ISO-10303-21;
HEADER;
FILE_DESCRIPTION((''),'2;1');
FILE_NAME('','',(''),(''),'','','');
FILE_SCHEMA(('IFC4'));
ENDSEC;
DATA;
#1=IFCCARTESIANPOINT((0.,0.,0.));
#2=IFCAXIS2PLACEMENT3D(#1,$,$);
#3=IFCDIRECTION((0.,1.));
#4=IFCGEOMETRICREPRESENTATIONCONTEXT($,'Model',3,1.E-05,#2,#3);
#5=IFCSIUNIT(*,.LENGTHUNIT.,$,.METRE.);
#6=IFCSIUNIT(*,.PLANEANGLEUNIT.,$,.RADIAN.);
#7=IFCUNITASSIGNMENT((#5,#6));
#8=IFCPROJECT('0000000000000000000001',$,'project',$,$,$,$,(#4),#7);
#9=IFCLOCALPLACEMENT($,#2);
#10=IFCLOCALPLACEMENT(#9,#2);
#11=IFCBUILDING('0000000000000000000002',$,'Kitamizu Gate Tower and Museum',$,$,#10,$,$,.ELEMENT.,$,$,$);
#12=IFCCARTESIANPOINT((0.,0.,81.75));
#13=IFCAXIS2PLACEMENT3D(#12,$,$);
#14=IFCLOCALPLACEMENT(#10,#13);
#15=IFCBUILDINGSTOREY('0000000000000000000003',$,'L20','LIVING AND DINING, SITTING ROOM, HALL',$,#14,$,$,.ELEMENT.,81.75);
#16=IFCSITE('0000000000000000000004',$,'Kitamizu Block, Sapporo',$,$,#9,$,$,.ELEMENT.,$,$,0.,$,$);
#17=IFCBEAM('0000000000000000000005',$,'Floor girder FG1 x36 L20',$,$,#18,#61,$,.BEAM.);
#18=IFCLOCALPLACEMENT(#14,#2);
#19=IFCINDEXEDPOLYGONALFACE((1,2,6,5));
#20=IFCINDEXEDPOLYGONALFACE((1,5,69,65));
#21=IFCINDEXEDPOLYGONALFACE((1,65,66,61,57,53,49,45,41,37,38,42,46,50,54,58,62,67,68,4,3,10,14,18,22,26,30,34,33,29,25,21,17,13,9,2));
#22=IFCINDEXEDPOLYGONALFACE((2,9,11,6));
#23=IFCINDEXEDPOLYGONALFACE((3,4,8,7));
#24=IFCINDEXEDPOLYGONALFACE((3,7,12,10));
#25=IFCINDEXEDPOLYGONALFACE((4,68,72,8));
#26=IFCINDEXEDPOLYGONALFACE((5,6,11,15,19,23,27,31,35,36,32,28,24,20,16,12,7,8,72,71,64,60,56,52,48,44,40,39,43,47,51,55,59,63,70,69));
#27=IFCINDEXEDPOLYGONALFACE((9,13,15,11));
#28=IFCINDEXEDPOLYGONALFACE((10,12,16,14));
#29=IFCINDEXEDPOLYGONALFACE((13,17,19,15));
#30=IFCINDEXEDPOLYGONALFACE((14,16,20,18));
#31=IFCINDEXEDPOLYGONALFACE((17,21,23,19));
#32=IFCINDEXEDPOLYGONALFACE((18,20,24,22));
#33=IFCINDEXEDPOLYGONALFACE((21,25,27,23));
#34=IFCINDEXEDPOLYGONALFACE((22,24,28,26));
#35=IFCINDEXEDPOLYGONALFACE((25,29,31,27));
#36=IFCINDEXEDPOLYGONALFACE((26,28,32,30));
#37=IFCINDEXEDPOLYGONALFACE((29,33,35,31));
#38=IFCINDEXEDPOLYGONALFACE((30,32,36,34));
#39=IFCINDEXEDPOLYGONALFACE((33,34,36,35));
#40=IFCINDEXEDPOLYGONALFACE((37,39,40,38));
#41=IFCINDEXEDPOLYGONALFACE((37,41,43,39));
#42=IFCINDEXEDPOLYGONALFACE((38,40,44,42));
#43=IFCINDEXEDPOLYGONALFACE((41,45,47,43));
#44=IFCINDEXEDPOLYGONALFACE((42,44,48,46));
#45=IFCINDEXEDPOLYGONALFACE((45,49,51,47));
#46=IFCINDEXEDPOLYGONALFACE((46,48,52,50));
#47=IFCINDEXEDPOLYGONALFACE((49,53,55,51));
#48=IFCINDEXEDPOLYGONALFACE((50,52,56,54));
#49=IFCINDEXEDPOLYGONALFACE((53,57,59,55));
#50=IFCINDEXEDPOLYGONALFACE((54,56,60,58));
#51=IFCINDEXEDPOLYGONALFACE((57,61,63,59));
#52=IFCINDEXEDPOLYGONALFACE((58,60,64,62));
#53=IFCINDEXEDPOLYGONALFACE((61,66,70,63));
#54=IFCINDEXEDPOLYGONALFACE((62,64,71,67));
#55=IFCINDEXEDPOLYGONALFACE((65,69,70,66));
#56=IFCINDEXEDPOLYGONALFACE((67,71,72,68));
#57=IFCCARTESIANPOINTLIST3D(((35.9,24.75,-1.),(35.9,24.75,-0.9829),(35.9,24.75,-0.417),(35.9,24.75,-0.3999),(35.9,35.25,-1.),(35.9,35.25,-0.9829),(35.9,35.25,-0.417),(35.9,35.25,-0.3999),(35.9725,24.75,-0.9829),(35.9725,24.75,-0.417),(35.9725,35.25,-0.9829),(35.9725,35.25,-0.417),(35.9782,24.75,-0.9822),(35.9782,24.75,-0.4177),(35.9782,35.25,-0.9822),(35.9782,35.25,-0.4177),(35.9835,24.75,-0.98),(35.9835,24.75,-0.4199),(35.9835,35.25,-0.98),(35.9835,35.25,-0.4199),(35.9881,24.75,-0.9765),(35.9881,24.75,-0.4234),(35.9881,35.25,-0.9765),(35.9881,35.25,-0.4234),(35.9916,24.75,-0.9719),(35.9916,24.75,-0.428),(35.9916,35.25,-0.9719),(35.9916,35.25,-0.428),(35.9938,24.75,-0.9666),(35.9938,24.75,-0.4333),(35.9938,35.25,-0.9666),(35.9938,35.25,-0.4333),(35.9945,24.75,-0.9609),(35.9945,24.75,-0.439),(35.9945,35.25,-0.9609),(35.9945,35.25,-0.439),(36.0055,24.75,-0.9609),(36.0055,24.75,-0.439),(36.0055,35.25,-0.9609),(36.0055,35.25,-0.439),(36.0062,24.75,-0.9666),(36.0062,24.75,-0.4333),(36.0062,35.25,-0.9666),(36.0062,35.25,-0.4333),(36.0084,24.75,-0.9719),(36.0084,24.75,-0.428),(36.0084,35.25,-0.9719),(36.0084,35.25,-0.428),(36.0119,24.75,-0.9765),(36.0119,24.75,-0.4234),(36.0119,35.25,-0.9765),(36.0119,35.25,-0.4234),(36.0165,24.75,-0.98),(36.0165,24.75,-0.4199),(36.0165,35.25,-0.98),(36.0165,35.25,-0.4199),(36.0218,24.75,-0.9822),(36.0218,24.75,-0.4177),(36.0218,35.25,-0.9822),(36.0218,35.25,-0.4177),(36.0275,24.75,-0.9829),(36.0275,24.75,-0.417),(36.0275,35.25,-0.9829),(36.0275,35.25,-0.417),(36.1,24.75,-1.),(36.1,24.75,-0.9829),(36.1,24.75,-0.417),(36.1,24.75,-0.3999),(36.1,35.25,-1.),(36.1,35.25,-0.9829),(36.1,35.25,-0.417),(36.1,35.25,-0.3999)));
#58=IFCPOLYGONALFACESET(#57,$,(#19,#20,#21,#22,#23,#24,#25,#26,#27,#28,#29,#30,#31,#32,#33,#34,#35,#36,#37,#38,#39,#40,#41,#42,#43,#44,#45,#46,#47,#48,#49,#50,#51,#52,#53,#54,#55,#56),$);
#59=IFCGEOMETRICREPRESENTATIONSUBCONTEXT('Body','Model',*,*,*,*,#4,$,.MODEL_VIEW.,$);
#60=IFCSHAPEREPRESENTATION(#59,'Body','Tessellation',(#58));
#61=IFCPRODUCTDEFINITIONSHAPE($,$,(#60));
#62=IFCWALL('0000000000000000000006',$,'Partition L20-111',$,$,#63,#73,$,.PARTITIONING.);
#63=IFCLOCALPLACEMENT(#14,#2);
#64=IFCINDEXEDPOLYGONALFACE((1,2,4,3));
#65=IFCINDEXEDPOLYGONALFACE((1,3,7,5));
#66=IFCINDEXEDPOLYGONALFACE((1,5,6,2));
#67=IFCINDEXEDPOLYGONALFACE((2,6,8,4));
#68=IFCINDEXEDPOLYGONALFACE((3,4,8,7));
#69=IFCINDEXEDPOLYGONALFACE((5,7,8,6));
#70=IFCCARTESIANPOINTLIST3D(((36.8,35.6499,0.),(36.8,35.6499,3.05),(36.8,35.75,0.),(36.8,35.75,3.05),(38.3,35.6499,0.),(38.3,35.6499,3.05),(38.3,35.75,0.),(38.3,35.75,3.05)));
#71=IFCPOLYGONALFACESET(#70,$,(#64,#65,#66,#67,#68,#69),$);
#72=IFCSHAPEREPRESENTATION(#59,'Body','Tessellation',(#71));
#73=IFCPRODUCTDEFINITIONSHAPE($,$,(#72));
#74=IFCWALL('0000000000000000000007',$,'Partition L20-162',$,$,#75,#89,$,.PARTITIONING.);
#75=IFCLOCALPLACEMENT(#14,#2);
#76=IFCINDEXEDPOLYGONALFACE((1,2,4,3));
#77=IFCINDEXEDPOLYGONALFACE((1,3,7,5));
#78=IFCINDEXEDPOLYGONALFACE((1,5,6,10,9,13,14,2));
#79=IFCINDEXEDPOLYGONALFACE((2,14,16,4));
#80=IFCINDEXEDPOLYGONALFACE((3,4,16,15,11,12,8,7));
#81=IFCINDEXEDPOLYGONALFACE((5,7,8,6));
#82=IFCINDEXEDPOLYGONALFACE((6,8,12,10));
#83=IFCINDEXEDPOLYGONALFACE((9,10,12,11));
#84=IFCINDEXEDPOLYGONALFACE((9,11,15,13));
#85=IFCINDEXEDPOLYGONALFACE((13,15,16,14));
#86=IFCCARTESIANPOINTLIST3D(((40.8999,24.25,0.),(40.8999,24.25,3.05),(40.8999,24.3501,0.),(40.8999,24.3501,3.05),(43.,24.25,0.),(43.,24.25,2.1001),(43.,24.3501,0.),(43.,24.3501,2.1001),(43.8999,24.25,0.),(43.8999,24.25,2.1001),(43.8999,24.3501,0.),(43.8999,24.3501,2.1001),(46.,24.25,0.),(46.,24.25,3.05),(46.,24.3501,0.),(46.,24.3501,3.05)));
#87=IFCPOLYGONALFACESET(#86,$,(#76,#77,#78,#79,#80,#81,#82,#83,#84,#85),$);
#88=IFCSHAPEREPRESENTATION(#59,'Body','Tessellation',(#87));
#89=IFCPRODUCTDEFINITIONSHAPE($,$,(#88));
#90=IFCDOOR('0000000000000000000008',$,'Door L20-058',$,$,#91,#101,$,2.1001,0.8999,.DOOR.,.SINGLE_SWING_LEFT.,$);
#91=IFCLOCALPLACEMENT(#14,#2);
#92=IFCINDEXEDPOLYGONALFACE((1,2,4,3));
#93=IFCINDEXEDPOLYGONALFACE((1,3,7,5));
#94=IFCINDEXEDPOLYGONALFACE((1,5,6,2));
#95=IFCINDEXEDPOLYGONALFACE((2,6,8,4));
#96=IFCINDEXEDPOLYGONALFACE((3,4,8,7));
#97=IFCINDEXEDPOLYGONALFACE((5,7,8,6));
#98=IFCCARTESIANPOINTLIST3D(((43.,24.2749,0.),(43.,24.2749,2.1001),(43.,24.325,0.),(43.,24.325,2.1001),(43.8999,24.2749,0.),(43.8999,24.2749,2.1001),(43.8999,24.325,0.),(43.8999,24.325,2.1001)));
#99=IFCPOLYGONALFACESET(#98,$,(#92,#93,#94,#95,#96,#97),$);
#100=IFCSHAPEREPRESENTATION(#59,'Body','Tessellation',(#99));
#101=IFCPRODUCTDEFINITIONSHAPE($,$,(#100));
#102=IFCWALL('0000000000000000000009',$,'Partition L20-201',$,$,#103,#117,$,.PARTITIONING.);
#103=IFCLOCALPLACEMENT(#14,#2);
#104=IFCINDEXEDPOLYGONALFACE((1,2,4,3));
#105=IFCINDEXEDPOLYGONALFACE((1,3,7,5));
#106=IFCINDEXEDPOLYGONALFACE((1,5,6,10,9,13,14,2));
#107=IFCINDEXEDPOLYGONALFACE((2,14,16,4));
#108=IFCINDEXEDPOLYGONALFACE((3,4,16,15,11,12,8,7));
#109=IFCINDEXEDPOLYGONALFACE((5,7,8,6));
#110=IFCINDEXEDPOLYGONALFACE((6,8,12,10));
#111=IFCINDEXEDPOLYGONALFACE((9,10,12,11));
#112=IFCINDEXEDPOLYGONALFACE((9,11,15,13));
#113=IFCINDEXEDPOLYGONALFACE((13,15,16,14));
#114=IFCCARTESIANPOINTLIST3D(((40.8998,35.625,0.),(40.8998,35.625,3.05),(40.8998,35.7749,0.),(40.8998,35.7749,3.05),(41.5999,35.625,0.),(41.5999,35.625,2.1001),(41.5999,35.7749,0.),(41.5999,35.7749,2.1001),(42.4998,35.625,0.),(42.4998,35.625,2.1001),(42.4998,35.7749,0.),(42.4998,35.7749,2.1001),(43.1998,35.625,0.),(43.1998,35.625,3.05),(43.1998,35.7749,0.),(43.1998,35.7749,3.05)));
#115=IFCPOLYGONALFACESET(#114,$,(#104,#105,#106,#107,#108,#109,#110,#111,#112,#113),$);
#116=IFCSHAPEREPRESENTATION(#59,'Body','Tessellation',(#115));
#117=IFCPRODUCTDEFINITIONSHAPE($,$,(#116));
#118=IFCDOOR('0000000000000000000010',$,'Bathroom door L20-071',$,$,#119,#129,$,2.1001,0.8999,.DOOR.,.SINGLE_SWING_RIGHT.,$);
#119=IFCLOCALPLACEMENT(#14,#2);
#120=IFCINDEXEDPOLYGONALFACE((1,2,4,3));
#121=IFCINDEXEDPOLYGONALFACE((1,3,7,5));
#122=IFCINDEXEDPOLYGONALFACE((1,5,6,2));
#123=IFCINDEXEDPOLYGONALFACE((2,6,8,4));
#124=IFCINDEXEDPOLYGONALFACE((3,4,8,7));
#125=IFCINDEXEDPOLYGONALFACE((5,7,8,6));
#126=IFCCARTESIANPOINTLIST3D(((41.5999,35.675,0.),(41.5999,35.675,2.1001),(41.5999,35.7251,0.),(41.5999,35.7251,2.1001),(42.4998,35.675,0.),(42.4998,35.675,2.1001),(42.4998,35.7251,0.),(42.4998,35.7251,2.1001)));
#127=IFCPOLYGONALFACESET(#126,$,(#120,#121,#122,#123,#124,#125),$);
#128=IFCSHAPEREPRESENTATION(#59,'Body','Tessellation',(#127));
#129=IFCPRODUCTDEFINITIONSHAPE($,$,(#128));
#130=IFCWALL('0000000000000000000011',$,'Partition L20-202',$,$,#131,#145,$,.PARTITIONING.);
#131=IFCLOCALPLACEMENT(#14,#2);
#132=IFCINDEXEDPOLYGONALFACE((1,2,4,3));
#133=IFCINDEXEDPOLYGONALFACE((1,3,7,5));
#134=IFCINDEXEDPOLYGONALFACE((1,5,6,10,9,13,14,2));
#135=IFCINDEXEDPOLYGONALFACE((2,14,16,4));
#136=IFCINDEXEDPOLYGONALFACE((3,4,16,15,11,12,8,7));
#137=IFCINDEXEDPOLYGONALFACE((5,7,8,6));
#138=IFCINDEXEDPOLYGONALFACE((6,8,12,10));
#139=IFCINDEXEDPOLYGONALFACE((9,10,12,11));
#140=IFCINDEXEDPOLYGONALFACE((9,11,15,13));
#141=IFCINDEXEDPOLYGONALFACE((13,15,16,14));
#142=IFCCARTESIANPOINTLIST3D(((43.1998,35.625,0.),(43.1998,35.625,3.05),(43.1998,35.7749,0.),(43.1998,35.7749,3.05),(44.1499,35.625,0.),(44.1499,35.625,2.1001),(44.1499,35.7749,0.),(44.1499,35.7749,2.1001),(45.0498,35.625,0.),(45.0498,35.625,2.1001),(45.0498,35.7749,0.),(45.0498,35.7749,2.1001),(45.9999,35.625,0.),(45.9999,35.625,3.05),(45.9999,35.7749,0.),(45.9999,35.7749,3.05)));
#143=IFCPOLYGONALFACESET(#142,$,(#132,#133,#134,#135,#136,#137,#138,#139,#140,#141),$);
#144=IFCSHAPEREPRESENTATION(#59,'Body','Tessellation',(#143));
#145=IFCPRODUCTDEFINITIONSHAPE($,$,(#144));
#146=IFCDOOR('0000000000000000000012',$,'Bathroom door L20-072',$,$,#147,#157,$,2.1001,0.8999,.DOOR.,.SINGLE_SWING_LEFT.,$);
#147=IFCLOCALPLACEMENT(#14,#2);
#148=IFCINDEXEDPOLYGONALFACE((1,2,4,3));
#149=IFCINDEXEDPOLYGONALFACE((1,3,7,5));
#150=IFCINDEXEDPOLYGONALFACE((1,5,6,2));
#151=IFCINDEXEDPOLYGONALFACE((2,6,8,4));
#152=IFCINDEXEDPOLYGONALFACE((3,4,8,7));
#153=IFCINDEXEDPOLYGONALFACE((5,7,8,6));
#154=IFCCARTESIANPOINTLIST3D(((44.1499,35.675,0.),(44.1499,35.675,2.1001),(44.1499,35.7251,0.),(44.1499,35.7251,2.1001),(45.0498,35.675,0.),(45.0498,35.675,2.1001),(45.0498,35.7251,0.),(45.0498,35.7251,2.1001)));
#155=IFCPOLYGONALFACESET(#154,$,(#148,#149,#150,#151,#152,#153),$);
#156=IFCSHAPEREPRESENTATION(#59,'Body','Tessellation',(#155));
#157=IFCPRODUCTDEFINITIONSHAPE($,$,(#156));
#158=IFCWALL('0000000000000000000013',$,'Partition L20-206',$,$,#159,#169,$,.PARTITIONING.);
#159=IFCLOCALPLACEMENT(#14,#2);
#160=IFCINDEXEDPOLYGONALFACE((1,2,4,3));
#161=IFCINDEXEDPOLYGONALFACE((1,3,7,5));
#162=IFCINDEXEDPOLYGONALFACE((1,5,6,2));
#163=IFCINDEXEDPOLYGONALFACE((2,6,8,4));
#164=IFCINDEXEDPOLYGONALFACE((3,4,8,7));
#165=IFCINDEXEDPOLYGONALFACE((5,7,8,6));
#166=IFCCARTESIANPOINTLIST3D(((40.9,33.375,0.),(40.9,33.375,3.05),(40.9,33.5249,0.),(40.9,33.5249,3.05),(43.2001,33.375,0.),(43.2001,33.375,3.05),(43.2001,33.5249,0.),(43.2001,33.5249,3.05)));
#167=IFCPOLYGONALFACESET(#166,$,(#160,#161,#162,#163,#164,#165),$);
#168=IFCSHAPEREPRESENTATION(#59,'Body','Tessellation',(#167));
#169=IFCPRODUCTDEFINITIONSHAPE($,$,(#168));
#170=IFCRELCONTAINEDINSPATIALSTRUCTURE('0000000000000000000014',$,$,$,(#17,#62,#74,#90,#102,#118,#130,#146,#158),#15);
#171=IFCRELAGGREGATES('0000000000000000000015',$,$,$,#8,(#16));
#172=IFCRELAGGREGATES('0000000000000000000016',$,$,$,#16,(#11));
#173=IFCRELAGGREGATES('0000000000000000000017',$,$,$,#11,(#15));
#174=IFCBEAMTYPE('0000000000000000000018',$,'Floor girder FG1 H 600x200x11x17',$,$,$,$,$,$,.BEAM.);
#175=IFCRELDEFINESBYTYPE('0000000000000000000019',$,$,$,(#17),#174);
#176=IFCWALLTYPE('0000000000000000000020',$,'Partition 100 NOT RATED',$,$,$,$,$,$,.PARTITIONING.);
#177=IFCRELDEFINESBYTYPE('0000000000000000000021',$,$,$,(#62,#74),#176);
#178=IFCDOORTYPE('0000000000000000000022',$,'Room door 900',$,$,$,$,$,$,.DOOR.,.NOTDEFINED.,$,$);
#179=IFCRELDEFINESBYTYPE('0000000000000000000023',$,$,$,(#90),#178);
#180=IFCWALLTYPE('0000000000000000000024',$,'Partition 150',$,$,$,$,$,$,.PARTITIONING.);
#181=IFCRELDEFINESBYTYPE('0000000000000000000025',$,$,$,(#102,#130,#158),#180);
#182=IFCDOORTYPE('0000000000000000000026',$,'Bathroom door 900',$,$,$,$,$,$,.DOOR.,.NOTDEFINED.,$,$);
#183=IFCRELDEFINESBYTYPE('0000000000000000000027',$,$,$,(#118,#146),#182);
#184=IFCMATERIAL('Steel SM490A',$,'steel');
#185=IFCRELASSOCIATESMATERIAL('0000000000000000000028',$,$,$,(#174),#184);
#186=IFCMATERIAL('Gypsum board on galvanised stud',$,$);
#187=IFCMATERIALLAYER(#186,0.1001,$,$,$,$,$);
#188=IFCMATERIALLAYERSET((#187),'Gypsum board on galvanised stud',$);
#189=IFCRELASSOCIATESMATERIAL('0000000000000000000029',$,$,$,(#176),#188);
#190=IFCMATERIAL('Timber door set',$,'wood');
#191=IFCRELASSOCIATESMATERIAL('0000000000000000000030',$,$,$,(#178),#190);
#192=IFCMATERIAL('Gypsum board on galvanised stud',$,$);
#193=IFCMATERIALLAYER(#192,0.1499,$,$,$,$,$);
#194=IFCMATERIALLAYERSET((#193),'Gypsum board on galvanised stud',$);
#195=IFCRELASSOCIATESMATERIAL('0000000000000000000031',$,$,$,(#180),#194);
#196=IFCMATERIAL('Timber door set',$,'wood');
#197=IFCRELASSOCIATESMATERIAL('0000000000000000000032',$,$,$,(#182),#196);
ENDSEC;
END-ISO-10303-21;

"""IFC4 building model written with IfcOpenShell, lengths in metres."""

from ifc_helpers import new_model, si_unit, direction, frame, frame_2d, origin, origin_2d, place, context, subcontext, project, spatial, rectangle, i_section, extrude, material, layer, layer_set, material_profile, profile_set, type_object, element, fill, save


model = new_model("IFC4")

# Units and contexts
model_context = context("Model", 3, precision=1e-05, world=origin(), true_north=direction((0.0, 1.0)))
body_context = subcontext(model_context, "Body", "Model", "MODEL_VIEW")
ifc_project = project(units=[si_unit("LENGTHUNIT", "METRE"), si_unit("PLANEANGLEUNIT", "RADIAN")], contexts=[model_context])

# Site, building, storey
site_placement = place(None, origin())
site = spatial("IfcSite", under=ifc_project, at=site_placement, Name="Kitamizu Block, Sapporo", CompositionType="ELEMENT", RefElevation=0.0)
building_placement = place(site_placement, origin())
building = spatial("IfcBuilding", under=site, at=building_placement, Name="Kitamizu Gate Tower and Museum", CompositionType="ELEMENT")
storey_placement = place(building_placement, frame((0.0, 0.0, 81.75)))
storey = spatial("IfcBuildingStorey", under=building, at=storey_placement, Name="L20", Description="LIVING AND DINING, SITTING ROOM, HALL", CompositionType="ELEMENT", Elevation=81.75)

# Beam
ifc_material_1 = material(Name="Steel SM490A", Category="steel")
ifc_material_profile = material_profile(ifc_material_1, i_section(OverallWidth=0.2, OverallDepth=0.6001, WebThickness=0.011, FlangeThickness=0.0171, FilletRadius=0.022, at=origin_2d()), Name="H-600x200x11x17")
ifc_profile_set = profile_set([ifc_material_profile], Name="Steel SM490A")
beam_type = type_object("IfcBeamType", Name="Floor girder FG1 H 600x200x11x17", PredefinedType="BEAM", material=ifc_profile_set)
beam_placement = place(storey_placement, frame((36.0, 24.75, -0.7), z_axis=(0.0, 1.0, 0.0), x_axis=(-1.0, 0.0, 0.0)))
element("IfcBeam", 1, at=beam_placement, inside=storey, type_object=beam_type, Name="Floor girder FG1 x36 L20", PredefinedType="BEAM", context=body_context, shape_type="SweptSolid", body=[
    extrude(i_section(OverallWidth=0.2, OverallDepth=0.6001, WebThickness=0.011, FlangeThickness=0.0171, FilletRadius=0.022, at=origin_2d()), origin(), (0.0, 0.0, 1.0), 10.5),
])

# Wall
ifc_material_2 = material(Name="Gypsum board on galvanised stud")
ifc_layer_1 = layer(ifc_material_2, 0.1001)
ifc_layer_set_1 = layer_set([ifc_layer_1], Name="Gypsum board on galvanised stud")
wall_type_1 = type_object("IfcWallType", Name="Partition 100 NOT RATED", PredefinedType="PARTITIONING", material=ifc_layer_set_1)
wall_1_placement = place(storey_placement, frame((36.8, 35.7, 0.0), z_axis=(0.0, 0.0, 1.0), x_axis=(1.0, 0.0, 0.0)))
element("IfcWall", 2, at=wall_1_placement, inside=storey, type_object=wall_type_1, Name="Partition L20-111", PredefinedType="PARTITIONING", context=body_context, shape_type="SweptSolid", body=[
    extrude(rectangle(XDim=1.5, YDim=0.1001, at=frame_2d((0.75, 0.0))), origin(), (0.0, 0.0, 1.0), 3.05),
])

# Walls, openings, doors
wall_2_placement = place(storey_placement, frame((46.0, 24.3, 0.0), z_axis=(0.0, 0.0, 1.0), x_axis=(-1.0, 0.0, 0.0)))
wall_2 = element("IfcWall", 3, at=wall_2_placement, inside=storey, type_object=wall_type_1, Name="Partition L20-162", PredefinedType="PARTITIONING", context=body_context, shape_type="SweptSolid", body=[
    extrude(rectangle(XDim=5.1001, YDim=0.1001, at=frame_2d((2.55, 0.0))), origin(), (0.0, 0.0, 1.0), 3.05),
])
opening_1_placement = place(wall_2_placement, frame((2.1001, 0.0, 0.0)))
opening_1 = element("IfcOpeningElement", 4, at=opening_1_placement, cuts=wall_2, PredefinedType="OPENING", context=body_context, shape_type="SweptSolid", body=[
    extrude(rectangle(XDim=0.8999, YDim=2.1001, at=frame_2d((0.45, 1.05))), frame((0.0, 0.0601, 0.0), z_axis=(0.0, -1.0, 0.0), x_axis=(1.0, 0.0, 0.0)), (0.0, 0.0, 1.0), 0.1201),
])
ifc_material_3 = material(Name="Timber door set", Category="wood")
door_type_1 = type_object("IfcDoorType", Name="Room door 900", OperationType="NOTDEFINED", PredefinedType="DOOR", material=ifc_material_3)
door_1_placement = place(opening_1_placement, frame((0.8999, 0.0, 0.0), x_axis=(-1.0, 0.0, 0.0)))
door_1 = element("IfcDoor", 5, at=door_1_placement, inside=storey, type_object=door_type_1, Name="Door L20-058", OperationType="SINGLE_SWING_LEFT", OverallHeight=2.1001, OverallWidth=0.8999, PredefinedType="DOOR", context=body_context, shape_type="SweptSolid", body=[
    extrude(rectangle(XDim=0.8999, YDim=2.1001, at=frame_2d((0.45, 1.05))), frame((0.0, 0.0249, 0.0), z_axis=(0.0, -1.0, 0.0), x_axis=(1.0, 0.0, 0.0)), (0.0, 0.0, 1.0), 0.05),
])
fill(opening_1, door_1)
ifc_material_4 = material(Name="Gypsum board on galvanised stud")
ifc_layer_2 = layer(ifc_material_4, 0.1499)
ifc_layer_set_2 = layer_set([ifc_layer_2], Name="Gypsum board on galvanised stud")
wall_type_2 = type_object("IfcWallType", Name="Partition 150", PredefinedType="PARTITIONING", material=ifc_layer_set_2)
wall_3_placement = place(storey_placement, frame((40.8999, 35.7, 0.0), z_axis=(0.0, 0.0, 1.0), x_axis=(1.0, 0.0, 0.0)))
wall_3 = element("IfcWall", 6, at=wall_3_placement, inside=storey, type_object=wall_type_2, Name="Partition L20-201", PredefinedType="PARTITIONING", context=body_context, shape_type="SweptSolid", body=[
    extrude(rectangle(XDim=2.3, YDim=0.1499, at=frame_2d((1.1499, 0.0))), origin(), (0.0, 0.0, 1.0), 3.05),
])
opening_2_placement = place(wall_3_placement, frame((0.7, 0.0, 0.0)))
opening_2 = element("IfcOpeningElement", 7, at=opening_2_placement, cuts=wall_3, PredefinedType="OPENING", context=body_context, shape_type="SweptSolid", body=[
    extrude(rectangle(XDim=0.8999, YDim=2.1001, at=frame_2d((0.45, 1.05))), frame((0.0, 0.085, 0.0), z_axis=(0.0, -1.0, 0.0), x_axis=(1.0, 0.0, 0.0)), (0.0, 0.0, 1.0), 0.1699),
])
ifc_material_5 = material(Name="Timber door set", Category="wood")
door_type_2 = type_object("IfcDoorType", Name="Bathroom door 900", OperationType="NOTDEFINED", PredefinedType="DOOR", material=ifc_material_5)
door_2_placement = place(opening_2_placement, frame((0.8999, 0.0, 0.0), x_axis=(-1.0, 0.0, 0.0)))
door_2 = element("IfcDoor", 8, at=door_2_placement, inside=storey, type_object=door_type_2, Name="Bathroom door L20-071", OperationType="SINGLE_SWING_RIGHT", OverallHeight=2.1001, OverallWidth=0.8999, PredefinedType="DOOR", context=body_context, shape_type="SweptSolid", body=[
    extrude(rectangle(XDim=0.8999, YDim=2.1001, at=frame_2d((0.45, 1.05))), frame((0.0, 0.0249, 0.0), z_axis=(0.0, -1.0, 0.0), x_axis=(1.0, 0.0, 0.0)), (0.0, 0.0, 1.0), 0.05),
])
fill(opening_2, door_2)
wall_4_placement = place(storey_placement, frame((43.2, 35.7, 0.0), z_axis=(0.0, 0.0, 1.0), x_axis=(1.0, 0.0, 0.0)))
wall_4 = element("IfcWall", 9, at=wall_4_placement, inside=storey, type_object=wall_type_2, Name="Partition L20-202", PredefinedType="PARTITIONING", context=body_context, shape_type="SweptSolid", body=[
    extrude(rectangle(XDim=2.8, YDim=0.1499, at=frame_2d((1.3999, 0.0))), origin(), (0.0, 0.0, 1.0), 3.05),
])
opening_3_placement = place(wall_4_placement, frame((0.95, 0.0, 0.0)))
opening_3 = element("IfcOpeningElement", 10, at=opening_3_placement, cuts=wall_4, PredefinedType="OPENING", context=body_context, shape_type="SweptSolid", body=[
    extrude(rectangle(XDim=0.8999, YDim=2.1001, at=frame_2d((0.45, 1.05))), frame((0.0, 0.085, 0.0), z_axis=(0.0, -1.0, 0.0), x_axis=(1.0, 0.0, 0.0)), (0.0, 0.0, 1.0), 0.1699),
])
door_3_placement = place(opening_3_placement, frame((0.8999, 0.0, 0.0), x_axis=(-1.0, 0.0, 0.0)))
door_3 = element("IfcDoor", 11, at=door_3_placement, inside=storey, type_object=door_type_2, Name="Bathroom door L20-072", OperationType="SINGLE_SWING_LEFT", OverallHeight=2.1001, OverallWidth=0.8999, PredefinedType="DOOR", context=body_context, shape_type="SweptSolid", body=[
    extrude(rectangle(XDim=0.8999, YDim=2.1001, at=frame_2d((0.45, 1.05))), frame((0.0, 0.0249, 0.0), z_axis=(0.0, -1.0, 0.0), x_axis=(1.0, 0.0, 0.0)), (0.0, 0.0, 1.0), 0.05),
])
fill(opening_3, door_3)

# Wall
wall_5_placement = place(storey_placement, frame((43.2, 33.45, 0.0), z_axis=(0.0, 0.0, 1.0), x_axis=(-1.0, 0.0, 0.0)))
element("IfcWall", 12, at=wall_5_placement, inside=storey, type_object=wall_type_2, Name="Partition L20-206", PredefinedType="PARTITIONING", context=body_context, shape_type="SweptSolid", body=[
    extrude(rectangle(XDim=2.3, YDim=0.1499, at=frame_2d((1.1499, 0.0))), origin(), (0.0, 0.0, 1.0), 3.05),
])

save(model, "model.ifc")
